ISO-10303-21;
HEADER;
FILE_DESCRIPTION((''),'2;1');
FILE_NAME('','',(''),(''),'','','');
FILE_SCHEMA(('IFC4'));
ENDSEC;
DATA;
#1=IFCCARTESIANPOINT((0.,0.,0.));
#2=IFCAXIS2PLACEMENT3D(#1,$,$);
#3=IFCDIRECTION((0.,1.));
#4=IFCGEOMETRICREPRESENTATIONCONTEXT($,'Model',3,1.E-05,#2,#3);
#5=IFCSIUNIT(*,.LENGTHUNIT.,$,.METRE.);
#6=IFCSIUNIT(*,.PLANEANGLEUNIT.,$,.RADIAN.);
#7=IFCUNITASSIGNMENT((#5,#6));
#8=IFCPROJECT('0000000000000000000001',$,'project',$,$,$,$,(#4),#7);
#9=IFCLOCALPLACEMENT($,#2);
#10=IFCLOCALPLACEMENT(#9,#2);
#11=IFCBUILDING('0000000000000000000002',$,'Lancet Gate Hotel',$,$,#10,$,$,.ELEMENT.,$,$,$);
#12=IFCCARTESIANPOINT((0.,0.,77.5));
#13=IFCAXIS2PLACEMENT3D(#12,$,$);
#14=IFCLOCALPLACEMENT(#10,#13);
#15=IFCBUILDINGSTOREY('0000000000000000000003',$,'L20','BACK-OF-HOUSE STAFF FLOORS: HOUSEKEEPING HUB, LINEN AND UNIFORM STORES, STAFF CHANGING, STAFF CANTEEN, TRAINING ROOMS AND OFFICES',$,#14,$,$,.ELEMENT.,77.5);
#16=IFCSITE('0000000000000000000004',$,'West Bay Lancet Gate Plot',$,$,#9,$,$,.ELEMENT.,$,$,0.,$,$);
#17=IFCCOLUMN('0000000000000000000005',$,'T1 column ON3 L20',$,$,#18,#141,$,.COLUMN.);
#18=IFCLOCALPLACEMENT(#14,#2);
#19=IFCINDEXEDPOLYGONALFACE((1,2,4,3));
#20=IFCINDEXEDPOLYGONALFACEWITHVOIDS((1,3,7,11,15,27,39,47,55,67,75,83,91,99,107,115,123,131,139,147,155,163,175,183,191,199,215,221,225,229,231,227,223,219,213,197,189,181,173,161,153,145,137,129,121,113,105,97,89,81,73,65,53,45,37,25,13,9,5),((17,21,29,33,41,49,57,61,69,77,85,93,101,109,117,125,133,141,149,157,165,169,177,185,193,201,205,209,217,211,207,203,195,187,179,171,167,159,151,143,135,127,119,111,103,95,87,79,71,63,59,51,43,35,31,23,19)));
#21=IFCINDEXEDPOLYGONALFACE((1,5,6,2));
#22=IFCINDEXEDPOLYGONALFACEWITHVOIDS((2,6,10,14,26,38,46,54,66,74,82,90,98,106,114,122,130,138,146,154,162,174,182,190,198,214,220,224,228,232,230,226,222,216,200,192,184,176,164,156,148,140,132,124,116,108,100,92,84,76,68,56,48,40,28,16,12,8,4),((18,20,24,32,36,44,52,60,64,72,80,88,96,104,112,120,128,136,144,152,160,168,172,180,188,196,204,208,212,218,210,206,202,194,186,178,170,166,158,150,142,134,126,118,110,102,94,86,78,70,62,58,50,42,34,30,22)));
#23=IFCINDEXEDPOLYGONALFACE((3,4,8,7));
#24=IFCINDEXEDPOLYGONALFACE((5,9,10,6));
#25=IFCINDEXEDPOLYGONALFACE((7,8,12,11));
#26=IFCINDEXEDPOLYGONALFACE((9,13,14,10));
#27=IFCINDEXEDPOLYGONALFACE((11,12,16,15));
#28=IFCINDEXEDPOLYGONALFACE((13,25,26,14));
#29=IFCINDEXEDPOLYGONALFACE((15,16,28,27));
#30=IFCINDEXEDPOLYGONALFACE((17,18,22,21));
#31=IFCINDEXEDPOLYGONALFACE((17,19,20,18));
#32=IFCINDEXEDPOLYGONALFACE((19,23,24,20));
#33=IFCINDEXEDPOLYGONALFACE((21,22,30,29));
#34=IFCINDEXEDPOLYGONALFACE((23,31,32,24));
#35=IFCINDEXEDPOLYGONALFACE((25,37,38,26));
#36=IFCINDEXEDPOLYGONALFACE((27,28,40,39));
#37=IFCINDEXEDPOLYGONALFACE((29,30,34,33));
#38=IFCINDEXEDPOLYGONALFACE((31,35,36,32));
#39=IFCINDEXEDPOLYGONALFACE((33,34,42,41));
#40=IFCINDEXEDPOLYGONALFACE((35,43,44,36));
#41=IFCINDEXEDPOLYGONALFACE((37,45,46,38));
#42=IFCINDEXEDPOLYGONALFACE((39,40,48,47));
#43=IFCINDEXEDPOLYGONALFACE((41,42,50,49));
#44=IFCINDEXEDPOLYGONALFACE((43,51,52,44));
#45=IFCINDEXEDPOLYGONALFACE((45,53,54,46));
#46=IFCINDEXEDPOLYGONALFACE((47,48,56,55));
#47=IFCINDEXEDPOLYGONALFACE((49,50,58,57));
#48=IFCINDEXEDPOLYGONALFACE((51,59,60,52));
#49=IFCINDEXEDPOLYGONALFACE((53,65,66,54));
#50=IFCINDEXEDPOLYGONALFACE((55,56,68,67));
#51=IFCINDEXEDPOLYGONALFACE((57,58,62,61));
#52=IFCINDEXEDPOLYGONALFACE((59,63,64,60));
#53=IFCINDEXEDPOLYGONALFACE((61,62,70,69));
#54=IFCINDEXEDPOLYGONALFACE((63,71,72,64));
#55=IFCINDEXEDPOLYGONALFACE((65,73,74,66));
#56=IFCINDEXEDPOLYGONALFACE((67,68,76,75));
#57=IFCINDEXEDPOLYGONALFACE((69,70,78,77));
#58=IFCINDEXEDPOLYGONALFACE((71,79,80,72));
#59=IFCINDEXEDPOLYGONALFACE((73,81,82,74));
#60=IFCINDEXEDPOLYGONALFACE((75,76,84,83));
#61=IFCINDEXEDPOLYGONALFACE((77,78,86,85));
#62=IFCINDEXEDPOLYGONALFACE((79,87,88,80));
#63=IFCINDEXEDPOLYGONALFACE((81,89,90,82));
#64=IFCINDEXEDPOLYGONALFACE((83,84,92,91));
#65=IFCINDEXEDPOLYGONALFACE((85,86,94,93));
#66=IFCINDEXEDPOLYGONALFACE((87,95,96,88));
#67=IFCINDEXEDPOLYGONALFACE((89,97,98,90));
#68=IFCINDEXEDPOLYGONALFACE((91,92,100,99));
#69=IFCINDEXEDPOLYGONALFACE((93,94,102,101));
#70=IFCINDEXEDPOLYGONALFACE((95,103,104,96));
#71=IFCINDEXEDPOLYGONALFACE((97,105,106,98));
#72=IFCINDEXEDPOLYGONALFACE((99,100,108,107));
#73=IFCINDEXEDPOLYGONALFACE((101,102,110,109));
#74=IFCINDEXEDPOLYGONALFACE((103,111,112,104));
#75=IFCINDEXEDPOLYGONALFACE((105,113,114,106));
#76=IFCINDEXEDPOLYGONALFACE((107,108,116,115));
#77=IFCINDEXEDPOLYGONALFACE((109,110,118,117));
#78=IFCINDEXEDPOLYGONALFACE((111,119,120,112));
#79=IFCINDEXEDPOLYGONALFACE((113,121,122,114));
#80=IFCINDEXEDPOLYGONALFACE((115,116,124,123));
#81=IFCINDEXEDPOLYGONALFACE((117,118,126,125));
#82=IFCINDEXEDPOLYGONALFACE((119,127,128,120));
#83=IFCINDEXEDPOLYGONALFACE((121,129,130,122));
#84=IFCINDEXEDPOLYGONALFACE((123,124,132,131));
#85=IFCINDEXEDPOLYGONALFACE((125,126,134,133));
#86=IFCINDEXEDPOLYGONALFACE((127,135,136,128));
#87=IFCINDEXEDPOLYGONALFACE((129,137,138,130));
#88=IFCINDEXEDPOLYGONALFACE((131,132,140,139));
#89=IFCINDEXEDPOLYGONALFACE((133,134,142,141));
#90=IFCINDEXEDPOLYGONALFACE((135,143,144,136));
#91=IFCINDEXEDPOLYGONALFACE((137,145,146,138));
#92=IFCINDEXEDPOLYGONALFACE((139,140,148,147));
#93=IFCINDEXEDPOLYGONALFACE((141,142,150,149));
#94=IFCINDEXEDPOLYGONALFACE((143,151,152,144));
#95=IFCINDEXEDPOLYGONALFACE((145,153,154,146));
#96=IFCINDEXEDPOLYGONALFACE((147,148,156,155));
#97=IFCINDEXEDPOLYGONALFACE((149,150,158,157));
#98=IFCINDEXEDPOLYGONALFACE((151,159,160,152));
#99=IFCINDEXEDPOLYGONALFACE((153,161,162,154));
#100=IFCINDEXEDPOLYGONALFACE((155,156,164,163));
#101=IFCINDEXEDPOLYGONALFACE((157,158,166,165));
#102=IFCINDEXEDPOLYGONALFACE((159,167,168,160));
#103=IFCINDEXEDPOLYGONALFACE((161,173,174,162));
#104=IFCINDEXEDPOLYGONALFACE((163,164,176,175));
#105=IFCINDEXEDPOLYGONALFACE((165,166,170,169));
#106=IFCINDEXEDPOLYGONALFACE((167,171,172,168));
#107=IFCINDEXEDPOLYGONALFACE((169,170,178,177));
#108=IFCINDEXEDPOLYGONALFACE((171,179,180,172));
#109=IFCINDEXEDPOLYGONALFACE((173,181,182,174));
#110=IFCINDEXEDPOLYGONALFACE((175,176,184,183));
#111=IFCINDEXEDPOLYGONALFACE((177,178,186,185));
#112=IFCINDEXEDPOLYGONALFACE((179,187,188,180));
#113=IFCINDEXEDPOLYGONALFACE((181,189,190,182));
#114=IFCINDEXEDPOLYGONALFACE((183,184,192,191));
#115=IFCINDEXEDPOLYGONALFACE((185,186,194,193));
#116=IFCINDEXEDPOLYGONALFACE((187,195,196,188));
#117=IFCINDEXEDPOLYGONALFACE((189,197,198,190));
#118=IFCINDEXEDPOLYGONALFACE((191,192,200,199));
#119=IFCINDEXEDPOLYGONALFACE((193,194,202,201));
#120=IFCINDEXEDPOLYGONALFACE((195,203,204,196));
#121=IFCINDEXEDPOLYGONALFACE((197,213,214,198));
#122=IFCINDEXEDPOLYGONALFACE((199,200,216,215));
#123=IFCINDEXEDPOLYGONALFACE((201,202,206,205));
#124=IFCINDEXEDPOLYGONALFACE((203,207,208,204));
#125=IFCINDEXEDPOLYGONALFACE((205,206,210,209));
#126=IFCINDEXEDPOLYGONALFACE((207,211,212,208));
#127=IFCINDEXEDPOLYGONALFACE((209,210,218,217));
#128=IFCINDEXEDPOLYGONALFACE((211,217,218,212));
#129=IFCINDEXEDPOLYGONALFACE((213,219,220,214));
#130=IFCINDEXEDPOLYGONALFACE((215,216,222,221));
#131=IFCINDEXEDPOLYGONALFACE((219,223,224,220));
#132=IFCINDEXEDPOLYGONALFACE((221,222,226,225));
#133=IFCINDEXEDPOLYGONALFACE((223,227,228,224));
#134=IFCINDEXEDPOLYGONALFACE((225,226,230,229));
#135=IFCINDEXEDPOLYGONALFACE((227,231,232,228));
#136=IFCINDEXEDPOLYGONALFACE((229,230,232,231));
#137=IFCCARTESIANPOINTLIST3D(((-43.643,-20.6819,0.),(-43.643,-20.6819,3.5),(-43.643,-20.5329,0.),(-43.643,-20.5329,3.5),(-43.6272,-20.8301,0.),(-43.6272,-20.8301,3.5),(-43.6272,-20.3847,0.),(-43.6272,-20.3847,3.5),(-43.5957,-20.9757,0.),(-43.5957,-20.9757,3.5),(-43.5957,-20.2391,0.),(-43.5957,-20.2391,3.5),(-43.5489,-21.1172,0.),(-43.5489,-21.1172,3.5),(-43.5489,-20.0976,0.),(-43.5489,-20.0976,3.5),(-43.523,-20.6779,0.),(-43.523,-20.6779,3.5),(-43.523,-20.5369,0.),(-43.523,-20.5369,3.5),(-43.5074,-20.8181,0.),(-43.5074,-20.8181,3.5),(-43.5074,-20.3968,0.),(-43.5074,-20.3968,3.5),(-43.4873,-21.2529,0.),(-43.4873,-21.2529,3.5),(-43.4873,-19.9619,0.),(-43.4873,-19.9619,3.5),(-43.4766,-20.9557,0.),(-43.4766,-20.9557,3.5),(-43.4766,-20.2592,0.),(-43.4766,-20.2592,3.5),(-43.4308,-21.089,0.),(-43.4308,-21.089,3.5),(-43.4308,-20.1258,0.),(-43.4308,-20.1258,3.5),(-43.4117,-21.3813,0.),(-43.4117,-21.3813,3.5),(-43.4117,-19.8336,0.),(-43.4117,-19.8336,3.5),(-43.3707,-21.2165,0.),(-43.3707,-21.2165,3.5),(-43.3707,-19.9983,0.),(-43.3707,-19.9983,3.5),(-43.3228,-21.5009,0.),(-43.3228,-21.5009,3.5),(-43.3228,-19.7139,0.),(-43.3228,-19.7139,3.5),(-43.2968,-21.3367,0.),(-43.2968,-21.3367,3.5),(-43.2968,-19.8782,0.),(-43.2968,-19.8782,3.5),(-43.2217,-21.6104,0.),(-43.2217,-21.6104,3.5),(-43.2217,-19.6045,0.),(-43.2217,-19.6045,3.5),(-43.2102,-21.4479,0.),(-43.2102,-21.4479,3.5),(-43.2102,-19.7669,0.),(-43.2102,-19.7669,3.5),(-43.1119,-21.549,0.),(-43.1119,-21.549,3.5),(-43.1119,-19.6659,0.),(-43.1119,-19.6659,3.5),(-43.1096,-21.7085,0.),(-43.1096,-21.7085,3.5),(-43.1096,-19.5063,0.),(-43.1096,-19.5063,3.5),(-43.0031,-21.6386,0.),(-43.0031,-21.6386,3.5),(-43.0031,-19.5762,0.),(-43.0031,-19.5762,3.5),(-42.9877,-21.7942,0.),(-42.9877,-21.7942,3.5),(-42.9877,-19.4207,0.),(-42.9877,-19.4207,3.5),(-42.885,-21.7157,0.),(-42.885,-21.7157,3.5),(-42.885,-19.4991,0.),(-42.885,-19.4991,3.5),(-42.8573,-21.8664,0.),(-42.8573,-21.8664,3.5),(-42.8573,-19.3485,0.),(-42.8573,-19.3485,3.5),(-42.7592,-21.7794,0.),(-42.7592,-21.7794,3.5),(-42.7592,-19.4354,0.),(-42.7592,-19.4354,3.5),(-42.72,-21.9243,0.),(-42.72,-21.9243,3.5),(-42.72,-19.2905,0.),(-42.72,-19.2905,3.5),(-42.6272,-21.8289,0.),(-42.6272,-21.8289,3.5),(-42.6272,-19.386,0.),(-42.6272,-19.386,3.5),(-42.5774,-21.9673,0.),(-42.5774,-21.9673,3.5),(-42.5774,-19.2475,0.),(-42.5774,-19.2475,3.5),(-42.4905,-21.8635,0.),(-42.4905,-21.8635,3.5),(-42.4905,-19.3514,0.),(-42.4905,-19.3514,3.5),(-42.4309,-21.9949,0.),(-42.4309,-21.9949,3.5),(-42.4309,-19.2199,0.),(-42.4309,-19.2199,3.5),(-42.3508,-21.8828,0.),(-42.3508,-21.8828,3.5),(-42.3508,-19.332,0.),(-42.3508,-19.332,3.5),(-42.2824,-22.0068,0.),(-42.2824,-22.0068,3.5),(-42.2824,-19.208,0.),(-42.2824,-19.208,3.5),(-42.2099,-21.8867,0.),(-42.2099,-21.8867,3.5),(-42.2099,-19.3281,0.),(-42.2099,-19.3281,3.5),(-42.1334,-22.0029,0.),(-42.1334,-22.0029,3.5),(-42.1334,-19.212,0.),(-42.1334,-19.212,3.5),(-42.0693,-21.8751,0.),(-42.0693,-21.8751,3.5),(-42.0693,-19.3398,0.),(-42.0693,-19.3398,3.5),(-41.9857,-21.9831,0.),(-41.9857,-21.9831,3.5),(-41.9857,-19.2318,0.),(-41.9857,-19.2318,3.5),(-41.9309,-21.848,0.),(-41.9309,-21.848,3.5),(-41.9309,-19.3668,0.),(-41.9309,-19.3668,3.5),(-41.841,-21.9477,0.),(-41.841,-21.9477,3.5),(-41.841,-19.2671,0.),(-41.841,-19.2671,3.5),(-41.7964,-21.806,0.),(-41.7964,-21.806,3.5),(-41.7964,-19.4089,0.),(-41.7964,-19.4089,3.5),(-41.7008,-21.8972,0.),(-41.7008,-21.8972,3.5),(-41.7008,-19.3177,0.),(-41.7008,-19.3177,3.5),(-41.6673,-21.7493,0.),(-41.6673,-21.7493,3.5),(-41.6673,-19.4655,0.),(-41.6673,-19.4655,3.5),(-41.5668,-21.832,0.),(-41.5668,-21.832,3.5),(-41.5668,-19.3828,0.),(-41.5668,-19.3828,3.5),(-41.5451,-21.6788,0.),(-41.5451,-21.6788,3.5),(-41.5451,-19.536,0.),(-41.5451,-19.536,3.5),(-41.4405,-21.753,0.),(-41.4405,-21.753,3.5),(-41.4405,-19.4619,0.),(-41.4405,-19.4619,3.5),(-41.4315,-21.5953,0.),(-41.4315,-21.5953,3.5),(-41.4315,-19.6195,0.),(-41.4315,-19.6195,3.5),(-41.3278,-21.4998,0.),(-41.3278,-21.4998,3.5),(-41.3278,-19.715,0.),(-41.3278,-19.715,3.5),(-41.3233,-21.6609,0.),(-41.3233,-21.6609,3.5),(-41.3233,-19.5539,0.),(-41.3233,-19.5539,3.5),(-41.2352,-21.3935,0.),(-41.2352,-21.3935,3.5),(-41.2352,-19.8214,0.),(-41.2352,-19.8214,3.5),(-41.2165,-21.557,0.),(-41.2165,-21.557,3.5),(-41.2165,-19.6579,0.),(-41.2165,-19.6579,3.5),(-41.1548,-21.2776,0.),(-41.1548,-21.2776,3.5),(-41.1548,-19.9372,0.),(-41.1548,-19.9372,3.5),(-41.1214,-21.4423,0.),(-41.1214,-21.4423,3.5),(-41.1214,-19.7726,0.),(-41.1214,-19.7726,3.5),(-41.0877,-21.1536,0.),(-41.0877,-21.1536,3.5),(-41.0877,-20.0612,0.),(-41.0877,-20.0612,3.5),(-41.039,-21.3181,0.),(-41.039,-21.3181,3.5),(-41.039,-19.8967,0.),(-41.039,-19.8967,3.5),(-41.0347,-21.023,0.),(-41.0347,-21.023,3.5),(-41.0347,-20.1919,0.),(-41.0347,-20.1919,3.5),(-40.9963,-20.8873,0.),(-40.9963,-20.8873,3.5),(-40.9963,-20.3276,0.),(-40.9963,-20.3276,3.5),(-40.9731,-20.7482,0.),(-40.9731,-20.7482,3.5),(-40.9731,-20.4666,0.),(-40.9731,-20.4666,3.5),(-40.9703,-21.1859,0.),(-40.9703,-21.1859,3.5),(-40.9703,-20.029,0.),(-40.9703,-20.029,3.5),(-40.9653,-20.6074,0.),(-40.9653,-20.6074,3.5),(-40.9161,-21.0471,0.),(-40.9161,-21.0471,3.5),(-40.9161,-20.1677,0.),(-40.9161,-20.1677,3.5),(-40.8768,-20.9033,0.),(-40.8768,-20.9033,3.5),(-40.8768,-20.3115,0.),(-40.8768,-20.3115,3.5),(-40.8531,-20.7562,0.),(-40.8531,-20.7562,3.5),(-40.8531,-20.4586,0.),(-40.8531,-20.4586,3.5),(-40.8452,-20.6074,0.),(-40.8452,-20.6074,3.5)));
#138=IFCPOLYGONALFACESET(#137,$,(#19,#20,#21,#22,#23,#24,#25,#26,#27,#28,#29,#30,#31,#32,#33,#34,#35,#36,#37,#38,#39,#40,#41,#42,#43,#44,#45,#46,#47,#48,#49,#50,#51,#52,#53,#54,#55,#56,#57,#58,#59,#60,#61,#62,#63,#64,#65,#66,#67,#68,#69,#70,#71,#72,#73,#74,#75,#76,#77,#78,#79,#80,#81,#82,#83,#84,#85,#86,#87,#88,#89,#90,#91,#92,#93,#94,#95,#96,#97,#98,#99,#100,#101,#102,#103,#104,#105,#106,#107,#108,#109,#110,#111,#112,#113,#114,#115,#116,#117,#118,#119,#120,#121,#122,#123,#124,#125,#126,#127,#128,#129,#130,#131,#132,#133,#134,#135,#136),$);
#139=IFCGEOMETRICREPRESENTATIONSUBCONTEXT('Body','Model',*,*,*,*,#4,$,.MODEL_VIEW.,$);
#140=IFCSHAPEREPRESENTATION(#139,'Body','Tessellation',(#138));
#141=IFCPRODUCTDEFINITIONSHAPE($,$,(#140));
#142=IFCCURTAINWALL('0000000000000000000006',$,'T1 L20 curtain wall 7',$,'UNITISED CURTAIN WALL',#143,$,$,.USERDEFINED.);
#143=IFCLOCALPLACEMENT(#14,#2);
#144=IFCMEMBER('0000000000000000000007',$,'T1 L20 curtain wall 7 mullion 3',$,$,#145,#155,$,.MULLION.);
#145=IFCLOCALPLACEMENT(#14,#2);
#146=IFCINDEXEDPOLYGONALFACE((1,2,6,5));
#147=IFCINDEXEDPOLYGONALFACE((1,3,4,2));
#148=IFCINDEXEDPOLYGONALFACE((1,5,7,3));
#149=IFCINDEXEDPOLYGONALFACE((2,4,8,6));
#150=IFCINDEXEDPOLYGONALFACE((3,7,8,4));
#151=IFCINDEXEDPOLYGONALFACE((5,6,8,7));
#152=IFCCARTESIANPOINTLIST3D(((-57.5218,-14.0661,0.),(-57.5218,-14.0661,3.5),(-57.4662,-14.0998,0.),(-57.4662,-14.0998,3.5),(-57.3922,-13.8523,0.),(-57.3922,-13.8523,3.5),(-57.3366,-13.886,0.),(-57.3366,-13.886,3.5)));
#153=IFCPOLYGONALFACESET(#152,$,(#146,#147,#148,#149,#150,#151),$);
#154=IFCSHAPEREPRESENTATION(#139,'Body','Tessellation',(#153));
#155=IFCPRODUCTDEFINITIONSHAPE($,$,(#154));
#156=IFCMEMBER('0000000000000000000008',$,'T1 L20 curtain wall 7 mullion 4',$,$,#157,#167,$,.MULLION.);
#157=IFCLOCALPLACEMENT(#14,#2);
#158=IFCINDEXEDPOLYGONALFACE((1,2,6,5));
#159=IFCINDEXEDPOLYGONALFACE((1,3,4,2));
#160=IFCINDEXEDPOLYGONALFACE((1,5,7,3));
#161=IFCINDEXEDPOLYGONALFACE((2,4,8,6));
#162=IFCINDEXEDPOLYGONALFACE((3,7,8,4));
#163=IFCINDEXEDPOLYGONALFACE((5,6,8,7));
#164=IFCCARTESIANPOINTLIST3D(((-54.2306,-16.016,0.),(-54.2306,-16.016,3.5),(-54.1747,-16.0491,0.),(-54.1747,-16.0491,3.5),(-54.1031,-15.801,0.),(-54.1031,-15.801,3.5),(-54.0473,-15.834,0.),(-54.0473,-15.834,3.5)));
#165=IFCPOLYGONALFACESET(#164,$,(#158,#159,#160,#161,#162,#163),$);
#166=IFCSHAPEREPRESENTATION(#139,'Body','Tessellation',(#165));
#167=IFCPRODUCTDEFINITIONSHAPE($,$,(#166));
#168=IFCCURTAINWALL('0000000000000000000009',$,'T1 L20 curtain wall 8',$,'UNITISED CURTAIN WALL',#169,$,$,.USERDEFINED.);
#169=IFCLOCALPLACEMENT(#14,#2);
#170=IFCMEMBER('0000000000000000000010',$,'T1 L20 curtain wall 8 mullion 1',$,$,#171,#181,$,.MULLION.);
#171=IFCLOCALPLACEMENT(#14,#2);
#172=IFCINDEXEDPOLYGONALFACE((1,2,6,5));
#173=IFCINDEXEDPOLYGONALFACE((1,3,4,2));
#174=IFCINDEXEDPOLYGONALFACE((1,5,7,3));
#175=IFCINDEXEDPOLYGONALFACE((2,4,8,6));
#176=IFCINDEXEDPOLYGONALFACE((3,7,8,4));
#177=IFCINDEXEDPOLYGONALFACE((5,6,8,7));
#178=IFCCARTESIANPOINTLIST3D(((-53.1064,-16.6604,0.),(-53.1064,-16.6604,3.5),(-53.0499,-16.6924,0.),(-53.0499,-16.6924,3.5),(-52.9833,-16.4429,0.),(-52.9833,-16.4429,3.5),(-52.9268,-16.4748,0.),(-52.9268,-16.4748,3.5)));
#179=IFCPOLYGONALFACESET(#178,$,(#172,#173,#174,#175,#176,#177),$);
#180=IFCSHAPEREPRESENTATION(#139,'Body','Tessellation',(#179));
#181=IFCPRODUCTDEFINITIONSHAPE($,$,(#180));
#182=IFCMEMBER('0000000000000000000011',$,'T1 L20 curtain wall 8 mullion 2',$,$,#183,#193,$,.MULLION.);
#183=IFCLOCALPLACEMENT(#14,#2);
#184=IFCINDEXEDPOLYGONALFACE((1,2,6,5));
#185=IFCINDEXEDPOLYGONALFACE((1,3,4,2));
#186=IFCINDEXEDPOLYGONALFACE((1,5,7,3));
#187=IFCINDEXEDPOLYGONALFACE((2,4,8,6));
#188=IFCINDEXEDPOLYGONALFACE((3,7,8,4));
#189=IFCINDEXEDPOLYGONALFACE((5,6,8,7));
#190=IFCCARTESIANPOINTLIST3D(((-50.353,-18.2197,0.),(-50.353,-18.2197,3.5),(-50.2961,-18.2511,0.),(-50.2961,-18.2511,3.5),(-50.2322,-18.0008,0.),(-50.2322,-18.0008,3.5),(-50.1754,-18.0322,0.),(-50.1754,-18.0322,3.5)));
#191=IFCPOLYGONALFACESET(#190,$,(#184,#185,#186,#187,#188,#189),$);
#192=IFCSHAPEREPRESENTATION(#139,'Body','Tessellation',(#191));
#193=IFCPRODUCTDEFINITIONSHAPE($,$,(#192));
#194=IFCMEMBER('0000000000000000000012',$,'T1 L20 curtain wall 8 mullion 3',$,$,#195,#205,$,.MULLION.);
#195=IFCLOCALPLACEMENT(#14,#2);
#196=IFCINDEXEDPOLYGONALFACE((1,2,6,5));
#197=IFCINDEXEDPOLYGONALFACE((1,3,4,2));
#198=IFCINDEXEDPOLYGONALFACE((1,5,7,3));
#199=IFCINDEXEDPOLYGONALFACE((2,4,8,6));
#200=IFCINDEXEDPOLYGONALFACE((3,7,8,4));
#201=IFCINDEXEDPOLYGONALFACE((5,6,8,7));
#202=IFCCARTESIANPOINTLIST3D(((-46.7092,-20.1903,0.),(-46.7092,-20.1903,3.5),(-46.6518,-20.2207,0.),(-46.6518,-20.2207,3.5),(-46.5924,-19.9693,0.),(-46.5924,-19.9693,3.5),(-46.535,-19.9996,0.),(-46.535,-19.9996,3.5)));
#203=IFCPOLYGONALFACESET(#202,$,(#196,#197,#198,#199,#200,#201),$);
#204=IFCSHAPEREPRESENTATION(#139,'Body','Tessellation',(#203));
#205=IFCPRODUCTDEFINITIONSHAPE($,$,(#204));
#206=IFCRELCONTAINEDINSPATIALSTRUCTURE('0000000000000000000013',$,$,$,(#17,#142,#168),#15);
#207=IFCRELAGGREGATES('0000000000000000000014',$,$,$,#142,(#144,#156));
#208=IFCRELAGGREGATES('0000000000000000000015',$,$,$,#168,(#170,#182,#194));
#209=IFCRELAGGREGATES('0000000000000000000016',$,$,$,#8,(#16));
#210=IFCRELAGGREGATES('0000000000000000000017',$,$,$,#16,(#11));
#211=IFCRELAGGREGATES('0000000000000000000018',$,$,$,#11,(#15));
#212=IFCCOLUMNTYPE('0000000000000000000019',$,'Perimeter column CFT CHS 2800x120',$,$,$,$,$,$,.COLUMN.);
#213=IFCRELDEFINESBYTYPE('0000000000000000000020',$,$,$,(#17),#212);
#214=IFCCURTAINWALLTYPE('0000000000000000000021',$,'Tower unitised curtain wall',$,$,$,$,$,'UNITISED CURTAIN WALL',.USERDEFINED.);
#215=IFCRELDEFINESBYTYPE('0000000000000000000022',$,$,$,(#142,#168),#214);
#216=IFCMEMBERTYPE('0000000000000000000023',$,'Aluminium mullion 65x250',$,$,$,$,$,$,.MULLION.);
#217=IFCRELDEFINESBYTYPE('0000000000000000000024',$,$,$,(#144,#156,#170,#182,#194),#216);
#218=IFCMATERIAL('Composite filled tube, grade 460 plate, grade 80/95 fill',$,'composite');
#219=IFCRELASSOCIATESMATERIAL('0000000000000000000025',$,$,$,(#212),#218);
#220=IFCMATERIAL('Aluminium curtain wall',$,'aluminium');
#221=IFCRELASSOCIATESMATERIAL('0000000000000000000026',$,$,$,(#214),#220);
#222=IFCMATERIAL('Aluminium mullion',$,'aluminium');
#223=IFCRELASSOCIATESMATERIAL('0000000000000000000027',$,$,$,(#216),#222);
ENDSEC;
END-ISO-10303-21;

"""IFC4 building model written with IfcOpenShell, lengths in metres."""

from ifc_helpers import new_model, si_unit, direction, frame, origin, origin_2d, place, context, subcontext, project, spatial, rectangle, hollow_circle, extrude, material, material_profile, profile_set, type_object, element, aggregate, save


model = new_model("IFC4")

# Units and contexts
model_context = context("Model", 3, precision=1e-05, world=origin(), true_north=direction((0.0, 1.0)))
body_context = subcontext(model_context, "Body", "Model", "MODEL_VIEW")
ifc_project = project(units=[si_unit("LENGTHUNIT", "METRE"), si_unit("PLANEANGLEUNIT", "RADIAN")], contexts=[model_context])

# Site, building, storey
site_placement = place(None, origin())
site = spatial("IfcSite", under=ifc_project, at=site_placement, Name="West Bay Lancet Gate Plot", CompositionType="ELEMENT", RefElevation=0.0)
building_placement = place(site_placement, origin())
building = spatial("IfcBuilding", under=site, at=building_placement, Name="Lancet Gate Hotel", CompositionType="ELEMENT")
storey_placement = place(building_placement, frame((0.0, 0.0, 77.5)))
storey = spatial("IfcBuildingStorey", under=building, at=storey_placement, Name="L20", Description="BACK-OF-HOUSE STAFF FLOORS: HOUSEKEEPING HUB, LINEN AND UNIFORM STORES, STAFF CHANGING, STAFF CANTEEN, TRAINING ROOMS AND OFFICES", CompositionType="ELEMENT", Elevation=77.5)

# Column
ifc_material_1 = material(Name="Composite filled tube, grade 460 plate, grade 80/95 fill", Category="composite")
ifc_material_profile_1 = material_profile(ifc_material_1, hollow_circle(Radius=1.3999, WallThickness=0.1201, at=origin_2d()), Name="CHS 2800x120")
ifc_profile_set_1 = profile_set([ifc_material_profile_1], Name="Composite filled tube, grade 460 plate, grade 80/95 fill")
column_type = type_object("IfcColumnType", Name="Perimeter column CFT CHS 2800x120", PredefinedType="COLUMN", material=ifc_profile_set_1)
for number, where, z_axis, x_axis, name in (
    (1, (-42.2451, -20.6074, 0.0), (0.0, 0.0, 1.0), (1.0, 0.0, 0.0), "T1 column ON3 L20"),
):
    element("IfcColumn", number, at=place(storey_placement, frame(where, z_axis=z_axis, x_axis=x_axis)), inside=storey, type_object=column_type, Name=name, PredefinedType="COLUMN", context=body_context, shape_type="SweptSolid", body=[
        extrude(hollow_circle(Radius=1.3999, WallThickness=0.1201, at=origin_2d()), origin(), (0.0, 0.0, 1.0), 3.5),
    ])

# Curtain walls, members
ifc_material_2 = material(Name="Aluminium curtain wall", Category="aluminium")
curtain_wall_type = type_object("IfcCurtainWallType", Name="Tower unitised curtain wall", ElementType="UNITISED CURTAIN WALL", PredefinedType="USERDEFINED", material=ifc_material_2)
curtain_wall_1_placement = place(storey_placement, origin())
curtain_wall_1 = element("IfcCurtainWall", 2, at=curtain_wall_1_placement, inside=storey, type_object=curtain_wall_type, Name="T1 L20 curtain wall 7", ObjectType="UNITISED CURTAIN WALL", PredefinedType="USERDEFINED")
ifc_material_3 = material(Name="Aluminium mullion", Category="aluminium")
ifc_material_profile_2 = material_profile(ifc_material_3, rectangle(XDim=0.0649, YDim=0.25, at=origin_2d()), Name="MULLION 65x250")
ifc_profile_set_2 = profile_set([ifc_material_profile_2], Name="Aluminium mullion")
member_type_1 = type_object("IfcMemberType", Name="Aluminium mullion 65x250", PredefinedType="MULLION", material=ifc_profile_set_2)
member_1_placement = place(storey_placement, frame((-57.4292, -13.9761, 0.0), z_axis=(0.0, 0.0, 1.0), x_axis=(0.855145, -0.518389, 0.0)))
member_1 = element("IfcMember", 3, at=member_1_placement, type_object=member_type_1, Name="T1 L20 curtain wall 7 mullion 3", PredefinedType="MULLION", context=body_context, shape_type="SweptSolid", body=[
    extrude(rectangle(XDim=0.0649, YDim=0.25, at=origin_2d()), origin(), (0.0, 0.0, 1.0), 3.5),
])
member_2_placement = place(storey_placement, frame((-54.1389, -15.925, 0.0), z_axis=(0.0, 0.0, 1.0), x_axis=(0.860382, -0.50965, 0.0)))
member_2 = element("IfcMember", 4, at=member_2_placement, type_object=member_type_1, Name="T1 L20 curtain wall 7 mullion 4", PredefinedType="MULLION", context=body_context, shape_type="SweptSolid", body=[
    extrude(rectangle(XDim=0.0649, YDim=0.25, at=origin_2d()), origin(), (0.0, 0.0, 1.0), 3.5),
])
curtain_wall_2_placement = place(storey_placement, origin())
curtain_wall_2 = element("IfcCurtainWall", 5, at=curtain_wall_2_placement, inside=storey, type_object=curtain_wall_type, Name="T1 L20 curtain wall 8", ObjectType="UNITISED CURTAIN WALL", PredefinedType="USERDEFINED")
member_3_placement = place(storey_placement, frame((-53.0166, -16.5676, 0.0), z_axis=(0.0, 0.0, 1.0), x_axis=(0.870205, -0.49269, 0.0)))
member_3 = element("IfcMember", 6, at=member_3_placement, type_object=member_type_1, Name="T1 L20 curtain wall 8 mullion 1", PredefinedType="MULLION", context=body_context, shape_type="SweptSolid", body=[
    extrude(rectangle(XDim=0.0649, YDim=0.25, at=origin_2d()), origin(), (0.0, 0.0, 1.0), 3.5),
])
member_4_placement = place(storey_placement, frame((-50.2642, -18.126, 0.0), z_axis=(0.0, 0.0, 1.0), x_axis=(0.875625, -0.482991, 0.0)))
member_4 = element("IfcMember", 7, at=member_4_placement, type_object=member_type_1, Name="T1 L20 curtain wall 8 mullion 2", PredefinedType="MULLION", context=body_context, shape_type="SweptSolid", body=[
    extrude(rectangle(XDim=0.0649, YDim=0.25, at=origin_2d()), origin(), (0.0, 0.0, 1.0), 3.5),
])
member_5_placement = place(storey_placement, frame((-46.6221, -20.095, 0.0), z_axis=(0.0, 0.0, 1.0), x_axis=(0.884153, -0.467198, 0.0)))
member_5 = element("IfcMember", 8, at=member_5_placement, type_object=member_type_1, Name="T1 L20 curtain wall 8 mullion 3", PredefinedType="MULLION", context=body_context, shape_type="SweptSolid", body=[
    extrude(rectangle(XDim=0.0649, YDim=0.25, at=origin_2d()), origin(), (0.0, 0.0, 1.0), 3.5),
])

aggregate(curtain_wall_1, [member_1, member_2])
aggregate(curtain_wall_2, [member_3, member_4, member_5])

save(model, "model.ifc")
